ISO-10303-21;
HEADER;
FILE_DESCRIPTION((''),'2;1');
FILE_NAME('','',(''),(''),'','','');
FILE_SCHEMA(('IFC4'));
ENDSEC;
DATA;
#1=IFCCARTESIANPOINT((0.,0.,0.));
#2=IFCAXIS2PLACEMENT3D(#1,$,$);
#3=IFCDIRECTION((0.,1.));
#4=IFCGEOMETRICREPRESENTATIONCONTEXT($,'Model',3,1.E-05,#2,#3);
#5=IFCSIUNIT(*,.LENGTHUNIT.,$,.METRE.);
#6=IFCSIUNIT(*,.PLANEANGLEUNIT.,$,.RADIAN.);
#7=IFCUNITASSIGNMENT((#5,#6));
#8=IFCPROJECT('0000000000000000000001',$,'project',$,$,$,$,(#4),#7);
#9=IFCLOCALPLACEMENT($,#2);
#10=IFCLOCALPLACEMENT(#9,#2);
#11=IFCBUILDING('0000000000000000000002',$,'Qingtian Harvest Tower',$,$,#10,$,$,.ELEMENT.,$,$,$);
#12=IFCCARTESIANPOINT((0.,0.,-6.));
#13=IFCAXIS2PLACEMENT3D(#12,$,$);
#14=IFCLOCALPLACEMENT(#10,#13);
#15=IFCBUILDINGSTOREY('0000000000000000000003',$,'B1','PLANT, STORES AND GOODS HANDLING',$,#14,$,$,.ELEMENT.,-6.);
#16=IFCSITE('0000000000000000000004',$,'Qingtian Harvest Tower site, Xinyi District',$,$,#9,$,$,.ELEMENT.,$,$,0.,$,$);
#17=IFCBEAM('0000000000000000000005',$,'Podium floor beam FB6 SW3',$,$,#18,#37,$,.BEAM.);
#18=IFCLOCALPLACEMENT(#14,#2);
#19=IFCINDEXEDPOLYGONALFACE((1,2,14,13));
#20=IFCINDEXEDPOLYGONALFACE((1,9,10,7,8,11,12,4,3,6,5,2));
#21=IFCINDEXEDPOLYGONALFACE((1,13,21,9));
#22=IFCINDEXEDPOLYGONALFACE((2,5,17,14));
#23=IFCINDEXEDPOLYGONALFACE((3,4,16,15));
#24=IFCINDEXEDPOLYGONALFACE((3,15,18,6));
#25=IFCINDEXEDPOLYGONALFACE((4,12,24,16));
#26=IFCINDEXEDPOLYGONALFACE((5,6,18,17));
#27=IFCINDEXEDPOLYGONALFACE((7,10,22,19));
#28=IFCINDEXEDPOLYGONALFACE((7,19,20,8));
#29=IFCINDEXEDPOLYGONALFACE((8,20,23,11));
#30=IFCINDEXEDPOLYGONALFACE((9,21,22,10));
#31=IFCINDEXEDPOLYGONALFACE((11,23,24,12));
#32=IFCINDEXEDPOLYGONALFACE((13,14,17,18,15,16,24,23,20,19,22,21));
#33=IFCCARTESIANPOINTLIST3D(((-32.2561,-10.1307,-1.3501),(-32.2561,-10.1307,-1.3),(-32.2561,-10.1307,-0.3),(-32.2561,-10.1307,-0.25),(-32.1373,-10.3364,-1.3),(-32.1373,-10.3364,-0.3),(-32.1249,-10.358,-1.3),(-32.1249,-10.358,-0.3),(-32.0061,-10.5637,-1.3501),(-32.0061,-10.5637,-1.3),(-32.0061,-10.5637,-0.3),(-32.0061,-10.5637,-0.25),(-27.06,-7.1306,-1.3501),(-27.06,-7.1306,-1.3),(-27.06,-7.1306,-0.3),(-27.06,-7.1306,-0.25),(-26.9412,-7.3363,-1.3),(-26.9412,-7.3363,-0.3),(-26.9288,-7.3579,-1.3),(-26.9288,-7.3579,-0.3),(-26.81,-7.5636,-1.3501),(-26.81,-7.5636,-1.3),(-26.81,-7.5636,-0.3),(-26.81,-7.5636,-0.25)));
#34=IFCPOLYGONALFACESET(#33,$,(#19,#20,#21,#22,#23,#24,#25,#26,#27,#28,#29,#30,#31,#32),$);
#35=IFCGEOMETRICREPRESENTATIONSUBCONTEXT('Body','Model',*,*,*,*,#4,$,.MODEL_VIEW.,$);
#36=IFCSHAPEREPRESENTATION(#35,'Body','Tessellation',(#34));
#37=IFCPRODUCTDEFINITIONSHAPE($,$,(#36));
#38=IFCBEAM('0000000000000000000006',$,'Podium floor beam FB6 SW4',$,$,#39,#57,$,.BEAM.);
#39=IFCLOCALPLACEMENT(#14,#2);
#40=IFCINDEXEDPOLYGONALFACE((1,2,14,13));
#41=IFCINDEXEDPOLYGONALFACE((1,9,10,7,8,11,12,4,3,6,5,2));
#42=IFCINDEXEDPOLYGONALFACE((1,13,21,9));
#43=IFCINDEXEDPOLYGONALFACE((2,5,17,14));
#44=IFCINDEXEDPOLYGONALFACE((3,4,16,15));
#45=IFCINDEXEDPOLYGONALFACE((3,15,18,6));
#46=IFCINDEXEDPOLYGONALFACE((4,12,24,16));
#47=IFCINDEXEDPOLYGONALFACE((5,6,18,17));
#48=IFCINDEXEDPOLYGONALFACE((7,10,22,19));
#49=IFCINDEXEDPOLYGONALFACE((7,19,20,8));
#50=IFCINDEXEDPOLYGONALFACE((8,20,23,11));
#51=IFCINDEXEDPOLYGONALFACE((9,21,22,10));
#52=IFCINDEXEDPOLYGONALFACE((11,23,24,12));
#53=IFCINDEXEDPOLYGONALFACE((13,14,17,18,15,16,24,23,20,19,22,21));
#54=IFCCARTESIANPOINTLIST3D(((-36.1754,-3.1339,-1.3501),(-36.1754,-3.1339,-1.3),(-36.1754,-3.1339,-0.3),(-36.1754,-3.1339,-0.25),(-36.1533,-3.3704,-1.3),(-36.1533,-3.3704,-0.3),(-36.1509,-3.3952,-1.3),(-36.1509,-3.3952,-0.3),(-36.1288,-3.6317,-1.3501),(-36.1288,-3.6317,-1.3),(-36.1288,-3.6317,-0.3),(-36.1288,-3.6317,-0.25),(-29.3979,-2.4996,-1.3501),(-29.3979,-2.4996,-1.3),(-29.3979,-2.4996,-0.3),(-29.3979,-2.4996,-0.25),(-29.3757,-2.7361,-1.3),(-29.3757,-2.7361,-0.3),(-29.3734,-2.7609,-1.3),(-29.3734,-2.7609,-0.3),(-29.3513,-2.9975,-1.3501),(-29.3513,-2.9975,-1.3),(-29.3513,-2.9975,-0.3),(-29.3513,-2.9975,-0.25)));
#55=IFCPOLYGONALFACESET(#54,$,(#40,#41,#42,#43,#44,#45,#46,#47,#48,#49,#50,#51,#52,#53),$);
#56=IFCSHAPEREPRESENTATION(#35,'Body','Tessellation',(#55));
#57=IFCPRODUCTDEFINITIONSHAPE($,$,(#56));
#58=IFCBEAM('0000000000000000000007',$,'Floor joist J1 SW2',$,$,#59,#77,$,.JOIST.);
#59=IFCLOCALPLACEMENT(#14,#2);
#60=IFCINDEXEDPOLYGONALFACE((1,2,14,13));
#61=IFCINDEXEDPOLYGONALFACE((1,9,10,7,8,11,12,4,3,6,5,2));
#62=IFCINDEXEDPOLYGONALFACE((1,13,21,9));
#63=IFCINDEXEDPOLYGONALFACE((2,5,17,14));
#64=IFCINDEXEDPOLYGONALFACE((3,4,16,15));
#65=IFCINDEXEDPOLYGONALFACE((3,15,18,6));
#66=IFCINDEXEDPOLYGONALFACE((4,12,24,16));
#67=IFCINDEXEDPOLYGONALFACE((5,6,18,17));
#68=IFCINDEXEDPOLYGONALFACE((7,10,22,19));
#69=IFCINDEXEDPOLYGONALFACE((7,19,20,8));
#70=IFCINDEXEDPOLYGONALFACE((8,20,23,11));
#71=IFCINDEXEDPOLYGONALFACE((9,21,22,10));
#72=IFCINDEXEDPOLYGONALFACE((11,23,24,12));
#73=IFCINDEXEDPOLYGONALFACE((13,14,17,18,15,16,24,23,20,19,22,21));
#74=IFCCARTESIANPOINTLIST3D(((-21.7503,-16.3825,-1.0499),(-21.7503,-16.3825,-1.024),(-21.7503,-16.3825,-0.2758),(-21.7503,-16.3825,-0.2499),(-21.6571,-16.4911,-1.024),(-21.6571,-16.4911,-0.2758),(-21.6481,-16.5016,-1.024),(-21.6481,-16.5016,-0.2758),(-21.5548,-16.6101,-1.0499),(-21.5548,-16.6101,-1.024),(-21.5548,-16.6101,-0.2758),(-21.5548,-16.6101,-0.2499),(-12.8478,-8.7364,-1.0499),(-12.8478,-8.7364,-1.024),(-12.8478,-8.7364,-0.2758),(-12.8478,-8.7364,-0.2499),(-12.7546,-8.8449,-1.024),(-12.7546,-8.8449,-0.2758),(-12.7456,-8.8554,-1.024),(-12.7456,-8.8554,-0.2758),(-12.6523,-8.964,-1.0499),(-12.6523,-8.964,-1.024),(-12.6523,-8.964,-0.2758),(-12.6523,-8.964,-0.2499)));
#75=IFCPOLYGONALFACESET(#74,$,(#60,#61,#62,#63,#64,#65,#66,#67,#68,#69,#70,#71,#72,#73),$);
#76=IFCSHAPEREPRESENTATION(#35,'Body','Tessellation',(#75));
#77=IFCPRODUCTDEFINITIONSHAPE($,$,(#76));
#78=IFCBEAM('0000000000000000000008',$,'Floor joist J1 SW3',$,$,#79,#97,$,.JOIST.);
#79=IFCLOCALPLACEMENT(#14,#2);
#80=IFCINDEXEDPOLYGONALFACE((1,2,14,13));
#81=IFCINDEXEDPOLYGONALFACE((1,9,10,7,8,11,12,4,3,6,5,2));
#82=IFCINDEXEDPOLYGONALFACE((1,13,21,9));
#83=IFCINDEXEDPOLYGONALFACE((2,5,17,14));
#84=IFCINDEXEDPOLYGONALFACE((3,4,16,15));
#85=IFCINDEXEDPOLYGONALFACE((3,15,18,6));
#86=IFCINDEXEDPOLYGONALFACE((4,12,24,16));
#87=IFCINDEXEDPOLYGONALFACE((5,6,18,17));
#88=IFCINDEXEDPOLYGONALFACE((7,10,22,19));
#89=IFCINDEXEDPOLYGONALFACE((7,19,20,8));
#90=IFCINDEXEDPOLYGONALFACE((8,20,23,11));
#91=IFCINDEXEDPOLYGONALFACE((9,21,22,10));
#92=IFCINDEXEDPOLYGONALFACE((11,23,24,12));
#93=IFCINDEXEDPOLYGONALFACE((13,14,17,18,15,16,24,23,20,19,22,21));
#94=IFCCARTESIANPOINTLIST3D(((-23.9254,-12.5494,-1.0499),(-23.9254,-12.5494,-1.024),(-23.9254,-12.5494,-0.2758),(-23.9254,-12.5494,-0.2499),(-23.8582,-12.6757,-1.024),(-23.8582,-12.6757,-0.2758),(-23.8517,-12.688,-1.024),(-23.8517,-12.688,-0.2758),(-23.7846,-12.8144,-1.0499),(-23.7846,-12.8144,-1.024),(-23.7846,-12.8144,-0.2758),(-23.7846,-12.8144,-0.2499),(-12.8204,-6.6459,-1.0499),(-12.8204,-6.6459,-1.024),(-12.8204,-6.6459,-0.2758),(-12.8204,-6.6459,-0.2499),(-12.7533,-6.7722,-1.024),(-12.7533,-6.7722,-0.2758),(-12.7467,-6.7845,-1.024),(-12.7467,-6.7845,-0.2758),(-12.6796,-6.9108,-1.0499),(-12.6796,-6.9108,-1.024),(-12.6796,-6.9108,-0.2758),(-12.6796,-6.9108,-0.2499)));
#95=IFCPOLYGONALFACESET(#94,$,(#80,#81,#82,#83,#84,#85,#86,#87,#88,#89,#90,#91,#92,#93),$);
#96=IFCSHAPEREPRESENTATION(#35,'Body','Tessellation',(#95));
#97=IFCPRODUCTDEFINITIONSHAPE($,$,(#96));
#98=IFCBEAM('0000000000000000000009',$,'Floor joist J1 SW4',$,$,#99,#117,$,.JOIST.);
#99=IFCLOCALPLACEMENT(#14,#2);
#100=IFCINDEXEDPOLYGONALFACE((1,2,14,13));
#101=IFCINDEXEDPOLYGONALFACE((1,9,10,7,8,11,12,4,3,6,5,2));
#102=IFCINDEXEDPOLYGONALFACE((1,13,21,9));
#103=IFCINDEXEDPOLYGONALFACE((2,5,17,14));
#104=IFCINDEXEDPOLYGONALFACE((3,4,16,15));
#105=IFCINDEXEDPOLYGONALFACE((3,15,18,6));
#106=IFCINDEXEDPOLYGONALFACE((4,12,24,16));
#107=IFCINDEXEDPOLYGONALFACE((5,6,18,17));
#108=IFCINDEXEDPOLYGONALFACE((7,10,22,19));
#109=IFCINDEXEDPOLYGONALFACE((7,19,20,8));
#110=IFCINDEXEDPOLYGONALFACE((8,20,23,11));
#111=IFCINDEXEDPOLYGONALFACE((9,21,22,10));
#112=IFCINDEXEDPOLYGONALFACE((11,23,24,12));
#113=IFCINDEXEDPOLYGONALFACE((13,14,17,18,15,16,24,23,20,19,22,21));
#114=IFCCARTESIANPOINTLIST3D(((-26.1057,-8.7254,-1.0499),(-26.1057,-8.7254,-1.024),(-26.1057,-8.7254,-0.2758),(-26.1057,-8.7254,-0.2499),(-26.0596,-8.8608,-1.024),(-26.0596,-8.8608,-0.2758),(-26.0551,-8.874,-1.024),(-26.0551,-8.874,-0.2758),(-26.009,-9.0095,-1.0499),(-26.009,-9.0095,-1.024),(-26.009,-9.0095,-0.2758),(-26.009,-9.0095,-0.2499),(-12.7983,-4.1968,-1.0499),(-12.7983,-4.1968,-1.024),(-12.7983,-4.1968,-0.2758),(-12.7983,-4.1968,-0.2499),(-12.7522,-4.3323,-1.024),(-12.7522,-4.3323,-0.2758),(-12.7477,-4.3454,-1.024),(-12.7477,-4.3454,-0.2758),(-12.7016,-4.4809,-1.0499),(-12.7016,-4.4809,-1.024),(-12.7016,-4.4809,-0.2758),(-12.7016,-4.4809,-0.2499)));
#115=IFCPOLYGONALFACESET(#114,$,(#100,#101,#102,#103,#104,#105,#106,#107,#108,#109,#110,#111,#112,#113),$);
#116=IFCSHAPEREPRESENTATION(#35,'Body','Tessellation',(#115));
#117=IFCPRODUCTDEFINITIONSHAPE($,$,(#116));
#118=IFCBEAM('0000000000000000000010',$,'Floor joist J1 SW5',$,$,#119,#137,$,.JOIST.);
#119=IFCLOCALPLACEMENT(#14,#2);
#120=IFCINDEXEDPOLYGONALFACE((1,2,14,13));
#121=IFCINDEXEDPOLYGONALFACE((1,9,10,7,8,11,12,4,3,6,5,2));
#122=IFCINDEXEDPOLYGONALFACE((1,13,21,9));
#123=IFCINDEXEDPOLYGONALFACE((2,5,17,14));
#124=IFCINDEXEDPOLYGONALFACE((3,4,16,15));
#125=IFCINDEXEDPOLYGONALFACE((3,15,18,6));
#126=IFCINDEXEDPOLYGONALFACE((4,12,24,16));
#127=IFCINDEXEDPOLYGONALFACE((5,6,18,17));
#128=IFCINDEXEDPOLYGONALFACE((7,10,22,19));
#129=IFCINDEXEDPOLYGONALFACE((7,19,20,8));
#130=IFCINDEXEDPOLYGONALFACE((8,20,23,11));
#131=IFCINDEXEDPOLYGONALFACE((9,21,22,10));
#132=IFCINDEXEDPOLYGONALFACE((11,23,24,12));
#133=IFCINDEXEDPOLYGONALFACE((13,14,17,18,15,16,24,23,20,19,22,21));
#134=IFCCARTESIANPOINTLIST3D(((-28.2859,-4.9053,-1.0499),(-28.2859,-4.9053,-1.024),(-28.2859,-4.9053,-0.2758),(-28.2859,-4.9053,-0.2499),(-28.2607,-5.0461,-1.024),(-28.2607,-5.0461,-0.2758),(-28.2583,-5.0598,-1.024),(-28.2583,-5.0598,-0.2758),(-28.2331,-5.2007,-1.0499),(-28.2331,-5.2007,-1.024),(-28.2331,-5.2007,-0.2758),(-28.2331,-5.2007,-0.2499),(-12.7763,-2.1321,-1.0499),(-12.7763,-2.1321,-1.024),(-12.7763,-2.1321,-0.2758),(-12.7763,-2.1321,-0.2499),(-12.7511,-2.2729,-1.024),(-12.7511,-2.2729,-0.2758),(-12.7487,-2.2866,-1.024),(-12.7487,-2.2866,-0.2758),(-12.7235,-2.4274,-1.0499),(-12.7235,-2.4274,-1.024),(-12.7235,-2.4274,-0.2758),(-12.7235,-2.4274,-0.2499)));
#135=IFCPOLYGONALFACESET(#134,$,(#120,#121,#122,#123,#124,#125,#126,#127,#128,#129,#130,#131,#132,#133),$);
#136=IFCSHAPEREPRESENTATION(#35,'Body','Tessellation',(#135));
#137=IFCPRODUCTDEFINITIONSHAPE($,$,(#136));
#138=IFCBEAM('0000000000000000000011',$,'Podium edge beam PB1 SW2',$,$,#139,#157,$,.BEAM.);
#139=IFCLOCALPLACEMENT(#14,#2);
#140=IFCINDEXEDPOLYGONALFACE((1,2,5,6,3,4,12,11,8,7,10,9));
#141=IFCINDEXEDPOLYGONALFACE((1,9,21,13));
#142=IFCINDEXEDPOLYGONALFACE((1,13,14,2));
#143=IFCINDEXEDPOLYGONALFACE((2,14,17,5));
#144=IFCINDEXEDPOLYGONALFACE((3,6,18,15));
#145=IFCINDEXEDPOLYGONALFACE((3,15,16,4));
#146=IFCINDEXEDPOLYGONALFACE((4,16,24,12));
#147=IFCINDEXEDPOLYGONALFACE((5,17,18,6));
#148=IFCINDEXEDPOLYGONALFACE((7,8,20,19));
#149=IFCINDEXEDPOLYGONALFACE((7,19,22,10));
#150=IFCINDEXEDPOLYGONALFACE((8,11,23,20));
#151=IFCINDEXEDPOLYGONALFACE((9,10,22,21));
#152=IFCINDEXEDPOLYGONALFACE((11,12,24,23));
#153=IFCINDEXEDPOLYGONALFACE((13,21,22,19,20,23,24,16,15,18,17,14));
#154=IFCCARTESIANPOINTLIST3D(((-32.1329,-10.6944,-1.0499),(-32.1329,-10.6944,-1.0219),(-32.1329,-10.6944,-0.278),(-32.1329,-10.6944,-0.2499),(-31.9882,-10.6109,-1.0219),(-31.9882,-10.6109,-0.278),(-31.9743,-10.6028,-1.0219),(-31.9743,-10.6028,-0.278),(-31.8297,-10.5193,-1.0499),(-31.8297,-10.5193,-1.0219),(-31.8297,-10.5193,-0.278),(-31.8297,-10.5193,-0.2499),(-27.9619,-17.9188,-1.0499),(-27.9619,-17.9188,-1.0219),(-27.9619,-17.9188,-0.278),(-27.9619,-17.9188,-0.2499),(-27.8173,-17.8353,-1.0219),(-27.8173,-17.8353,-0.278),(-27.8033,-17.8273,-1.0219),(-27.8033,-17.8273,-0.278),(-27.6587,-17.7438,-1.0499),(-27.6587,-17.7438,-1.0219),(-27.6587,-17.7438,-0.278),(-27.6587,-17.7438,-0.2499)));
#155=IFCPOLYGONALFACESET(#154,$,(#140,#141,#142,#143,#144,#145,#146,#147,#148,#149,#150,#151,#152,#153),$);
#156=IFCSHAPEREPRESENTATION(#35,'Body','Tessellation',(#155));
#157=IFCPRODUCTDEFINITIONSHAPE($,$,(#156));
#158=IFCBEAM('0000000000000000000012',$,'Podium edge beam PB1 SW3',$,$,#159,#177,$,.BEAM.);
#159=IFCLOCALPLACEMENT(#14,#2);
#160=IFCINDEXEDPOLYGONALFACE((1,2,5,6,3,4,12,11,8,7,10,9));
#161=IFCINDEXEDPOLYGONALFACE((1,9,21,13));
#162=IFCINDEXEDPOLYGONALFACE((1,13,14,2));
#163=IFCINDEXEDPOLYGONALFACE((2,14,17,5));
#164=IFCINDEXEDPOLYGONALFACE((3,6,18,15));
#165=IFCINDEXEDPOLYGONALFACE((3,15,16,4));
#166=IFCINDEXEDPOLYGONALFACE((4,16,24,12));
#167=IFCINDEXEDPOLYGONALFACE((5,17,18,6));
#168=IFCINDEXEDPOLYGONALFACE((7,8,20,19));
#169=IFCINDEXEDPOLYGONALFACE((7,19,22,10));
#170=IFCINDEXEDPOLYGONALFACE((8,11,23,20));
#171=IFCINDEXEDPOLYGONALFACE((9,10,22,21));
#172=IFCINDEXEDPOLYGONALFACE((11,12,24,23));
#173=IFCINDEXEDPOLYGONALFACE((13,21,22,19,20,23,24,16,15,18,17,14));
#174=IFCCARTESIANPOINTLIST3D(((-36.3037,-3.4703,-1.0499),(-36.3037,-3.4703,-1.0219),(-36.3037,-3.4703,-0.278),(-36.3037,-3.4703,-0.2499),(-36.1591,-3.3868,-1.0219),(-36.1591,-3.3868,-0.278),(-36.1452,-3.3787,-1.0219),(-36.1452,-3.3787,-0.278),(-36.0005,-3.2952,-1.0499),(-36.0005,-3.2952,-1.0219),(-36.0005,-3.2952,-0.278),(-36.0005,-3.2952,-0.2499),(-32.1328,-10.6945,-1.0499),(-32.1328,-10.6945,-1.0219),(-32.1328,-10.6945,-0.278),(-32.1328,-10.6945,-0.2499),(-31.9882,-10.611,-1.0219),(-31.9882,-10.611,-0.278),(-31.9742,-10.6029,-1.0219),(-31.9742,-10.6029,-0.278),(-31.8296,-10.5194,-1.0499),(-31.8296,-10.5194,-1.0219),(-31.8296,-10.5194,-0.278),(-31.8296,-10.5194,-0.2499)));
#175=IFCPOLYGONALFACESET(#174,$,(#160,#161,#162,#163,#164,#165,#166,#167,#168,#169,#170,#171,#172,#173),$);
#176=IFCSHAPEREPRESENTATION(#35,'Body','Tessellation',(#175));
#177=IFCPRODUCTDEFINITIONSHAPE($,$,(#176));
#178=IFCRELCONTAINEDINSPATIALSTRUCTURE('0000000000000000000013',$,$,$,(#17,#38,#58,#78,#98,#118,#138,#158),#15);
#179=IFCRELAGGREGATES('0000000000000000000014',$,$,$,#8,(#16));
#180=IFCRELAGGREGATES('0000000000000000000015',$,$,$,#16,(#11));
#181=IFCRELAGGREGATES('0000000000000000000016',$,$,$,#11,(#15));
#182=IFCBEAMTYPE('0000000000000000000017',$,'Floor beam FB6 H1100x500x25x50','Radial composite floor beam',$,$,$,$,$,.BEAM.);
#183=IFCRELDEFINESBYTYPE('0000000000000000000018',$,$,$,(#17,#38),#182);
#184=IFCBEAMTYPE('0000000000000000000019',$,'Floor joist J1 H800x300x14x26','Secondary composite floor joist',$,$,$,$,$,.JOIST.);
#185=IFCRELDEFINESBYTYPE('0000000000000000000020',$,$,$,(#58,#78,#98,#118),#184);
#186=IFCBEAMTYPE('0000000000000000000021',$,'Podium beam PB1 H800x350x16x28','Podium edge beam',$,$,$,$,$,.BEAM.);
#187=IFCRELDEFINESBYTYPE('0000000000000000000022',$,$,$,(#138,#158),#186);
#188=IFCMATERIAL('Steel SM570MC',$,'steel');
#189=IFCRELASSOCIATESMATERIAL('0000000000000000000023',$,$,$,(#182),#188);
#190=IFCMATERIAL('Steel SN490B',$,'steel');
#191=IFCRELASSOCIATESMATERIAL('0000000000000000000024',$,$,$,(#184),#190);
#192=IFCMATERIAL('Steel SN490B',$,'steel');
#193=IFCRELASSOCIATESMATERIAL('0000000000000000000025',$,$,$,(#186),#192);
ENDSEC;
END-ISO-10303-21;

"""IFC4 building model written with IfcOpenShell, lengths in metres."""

from ifc_helpers import new_model, si_unit, direction, frame, origin, origin_2d, place, context, subcontext, project, spatial, i_section, extrude, material, material_profile, profile_set, type_object, element, save


model = new_model("IFC4")

# Units and contexts
model_context = context("Model", 3, precision=1e-05, world=origin(), true_north=direction((0.0, 1.0)))
body_context = subcontext(model_context, "Body", "Model", "MODEL_VIEW")
ifc_project = project(units=[si_unit("LENGTHUNIT", "METRE"), si_unit("PLANEANGLEUNIT", "RADIAN")], contexts=[model_context])

# Site, building, storey
site_placement = place(None, origin())
site = spatial("IfcSite", under=ifc_project, at=site_placement, Name="Qingtian Harvest Tower site, Xinyi District", CompositionType="ELEMENT", RefElevation=0.0)
building_placement = place(site_placement, origin())
building = spatial("IfcBuilding", under=site, at=building_placement, Name="Qingtian Harvest Tower", CompositionType="ELEMENT")
storey_placement = place(building_placement, frame((0.0, 0.0, -6.0)))
storey = spatial("IfcBuildingStorey", under=building, at=storey_placement, Name="B1", Description="PLANT, STORES AND GOODS HANDLING", CompositionType="ELEMENT", Elevation=-6.0)

# Beams
ifc_material_1 = material(Name="Steel SM570MC", Category="steel")
ifc_material_profile_1 = material_profile(ifc_material_1, i_section(OverallWidth=0.5, OverallDepth=1.1001, WebThickness=0.0249, FlangeThickness=0.05, at=origin_2d()), Name="H1100x500x25x50")
ifc_profile_set_1 = profile_set([ifc_material_profile_1], Name="Steel SM570MC")
beam_type_1 = type_object("IfcBeamType", Name="Floor beam FB6 H1100x500x25x50", Description="Radial composite floor beam", PredefinedType="BEAM", material=ifc_profile_set_1)
beam_1_placement = place(storey_placement, frame((-32.1311, -10.3472, -0.8), z_axis=(0.866021, 0.500008, 0.0), x_axis=(-0.500008, 0.866021, 0.0)))
element("IfcBeam", 1, at=beam_1_placement, inside=storey, type_object=beam_type_1, Name="Podium floor beam FB6 SW3", PredefinedType="BEAM", context=body_context, shape_type="SweptSolid", body=[
    extrude(i_section(OverallWidth=0.5, OverallDepth=1.1001, WebThickness=0.0249, FlangeThickness=0.05, at=origin_2d()), origin(), (0.0, 0.0, 1.0), 6.0),
])
beam_2_placement = place(storey_placement, frame((-36.1521, -3.3828, -0.8), z_axis=(0.99565, 0.093177, 0.0), x_axis=(-0.093177, 0.99565, 0.0)))
element("IfcBeam", 2, at=beam_2_placement, inside=storey, type_object=beam_type_1, Name="Podium floor beam FB6 SW4", PredefinedType="BEAM", context=body_context, shape_type="SweptSolid", body=[
    extrude(i_section(OverallWidth=0.5, OverallDepth=1.1001, WebThickness=0.0249, FlangeThickness=0.05, at=origin_2d()), origin(), (0.0, 0.0, 1.0), 6.8071),
])
ifc_material_2 = material(Name="Steel SN490B", Category="steel")
ifc_material_profile_2 = material_profile(ifc_material_2, i_section(OverallWidth=0.3, OverallDepth=0.8, WebThickness=0.0139, FlangeThickness=0.0259, at=origin_2d()), Name="H800x300x14x26")
ifc_profile_set_2 = profile_set([ifc_material_profile_2], Name="Steel SN490B")
beam_type_2 = type_object("IfcBeamType", Name="Floor joist J1 H800x300x14x26", Description="Secondary composite floor joist", PredefinedType="JOIST", material=ifc_profile_set_2)
beam_3_placement = place(storey_placement, frame((-21.6526, -16.4963, -0.6499), z_axis=(0.758606, 0.65155, 0.0), x_axis=(-0.65155, 0.758606, 0.0)))
element("IfcBeam", 3, at=beam_3_placement, inside=storey, type_object=beam_type_2, Name="Floor joist J1 SW2", PredefinedType="JOIST", context=body_context, shape_type="SweptSolid", body=[
    extrude(i_section(OverallWidth=0.3, OverallDepth=0.8, WebThickness=0.0139, FlangeThickness=0.0259, at=origin_2d()), origin(), (0.0, 0.0, 1.0), 11.7354),
])
beam_4_placement = place(storey_placement, frame((-23.855, -12.6819, -0.6499), z_axis=(0.882982, 0.469406, 0.0), x_axis=(-0.469406, 0.882982, 0.0)))
element("IfcBeam", 4, at=beam_4_placement, inside=storey, type_object=beam_type_2, Name="Floor joist J1 SW3", PredefinedType="JOIST", context=body_context, shape_type="SweptSolid", body=[
    extrude(i_section(OverallWidth=0.3, OverallDepth=0.8, WebThickness=0.0139, FlangeThickness=0.0259, at=origin_2d()), origin(), (0.0, 0.0, 1.0), 12.5767),
])
beam_5_placement = place(storey_placement, frame((-26.0574, -8.8674, -0.6499), z_axis=(0.946685, 0.322161, 0.0), x_axis=(-0.322161, 0.946685, 0.0)))
element("IfcBeam", 5, at=beam_5_placement, inside=storey, type_object=beam_type_2, Name="Floor joist J1 SW4", PredefinedType="JOIST", context=body_context, shape_type="SweptSolid", body=[
    extrude(i_section(OverallWidth=0.3, OverallDepth=0.8, WebThickness=0.0139, FlangeThickness=0.0259, at=origin_2d()), origin(), (0.0, 0.0, 1.0), 14.0569),
])
beam_6_placement = place(storey_placement, frame((-28.2595, -5.053, -0.6499), z_axis=(0.984388, 0.176014, 0.0), x_axis=(-0.176014, 0.984388, 0.0)))
element("IfcBeam", 6, at=beam_6_placement, inside=storey, type_object=beam_type_2, Name="Floor joist J1 SW5", PredefinedType="JOIST", context=body_context, shape_type="SweptSolid", body=[
    extrude(i_section(OverallWidth=0.3, OverallDepth=0.8, WebThickness=0.0139, FlangeThickness=0.0259, at=origin_2d()), origin(), (0.0, 0.0, 1.0), 15.7556),
])
ifc_material_3 = material(Name="Steel SN490B", Category="steel")
ifc_material_profile_3 = material_profile(ifc_material_3, i_section(OverallWidth=0.3501, OverallDepth=0.8, WebThickness=0.0161, FlangeThickness=0.0281, at=origin_2d()), Name="H800x350x16x28")
ifc_profile_set_3 = profile_set([ifc_material_profile_3], Name="Steel SN490B")
beam_type_3 = type_object("IfcBeamType", Name="Podium beam PB1 H800x350x16x28", Description="Podium edge beam", PredefinedType="BEAM", material=ifc_profile_set_3)
beam_7_placement = place(storey_placement, frame((-27.8103, -17.8313, -0.6499), z_axis=(-0.499992, 0.86603, 0.0), x_axis=(-0.86603, -0.499992, 0.0)))
element("IfcBeam", 7, at=beam_7_placement, inside=storey, type_object=beam_type_3, Name="Podium edge beam PB1 SW2", PredefinedType="BEAM", context=body_context, shape_type="SweptSolid", body=[
    extrude(i_section(OverallWidth=0.3501, OverallDepth=0.8, WebThickness=0.0161, FlangeThickness=0.0281, at=origin_2d()), origin(), (0.0, 0.0, 1.0), 8.342),
])
beam_8_placement = place(storey_placement, frame((-31.9812, -10.6069, -0.6499), z_axis=(-0.500005, 0.866023, 0.0), x_axis=(-0.866023, -0.500005, 0.0)))
element("IfcBeam", 8, at=beam_8_placement, inside=storey, type_object=beam_type_3, Name="Podium edge beam PB1 SW3", PredefinedType="BEAM", context=body_context, shape_type="SweptSolid", body=[
    extrude(i_section(OverallWidth=0.3501, OverallDepth=0.8, WebThickness=0.0161, FlangeThickness=0.0281, at=origin_2d()), origin(), (0.0, 0.0, 1.0), 8.3418),
])

save(model, "model.ifc")
